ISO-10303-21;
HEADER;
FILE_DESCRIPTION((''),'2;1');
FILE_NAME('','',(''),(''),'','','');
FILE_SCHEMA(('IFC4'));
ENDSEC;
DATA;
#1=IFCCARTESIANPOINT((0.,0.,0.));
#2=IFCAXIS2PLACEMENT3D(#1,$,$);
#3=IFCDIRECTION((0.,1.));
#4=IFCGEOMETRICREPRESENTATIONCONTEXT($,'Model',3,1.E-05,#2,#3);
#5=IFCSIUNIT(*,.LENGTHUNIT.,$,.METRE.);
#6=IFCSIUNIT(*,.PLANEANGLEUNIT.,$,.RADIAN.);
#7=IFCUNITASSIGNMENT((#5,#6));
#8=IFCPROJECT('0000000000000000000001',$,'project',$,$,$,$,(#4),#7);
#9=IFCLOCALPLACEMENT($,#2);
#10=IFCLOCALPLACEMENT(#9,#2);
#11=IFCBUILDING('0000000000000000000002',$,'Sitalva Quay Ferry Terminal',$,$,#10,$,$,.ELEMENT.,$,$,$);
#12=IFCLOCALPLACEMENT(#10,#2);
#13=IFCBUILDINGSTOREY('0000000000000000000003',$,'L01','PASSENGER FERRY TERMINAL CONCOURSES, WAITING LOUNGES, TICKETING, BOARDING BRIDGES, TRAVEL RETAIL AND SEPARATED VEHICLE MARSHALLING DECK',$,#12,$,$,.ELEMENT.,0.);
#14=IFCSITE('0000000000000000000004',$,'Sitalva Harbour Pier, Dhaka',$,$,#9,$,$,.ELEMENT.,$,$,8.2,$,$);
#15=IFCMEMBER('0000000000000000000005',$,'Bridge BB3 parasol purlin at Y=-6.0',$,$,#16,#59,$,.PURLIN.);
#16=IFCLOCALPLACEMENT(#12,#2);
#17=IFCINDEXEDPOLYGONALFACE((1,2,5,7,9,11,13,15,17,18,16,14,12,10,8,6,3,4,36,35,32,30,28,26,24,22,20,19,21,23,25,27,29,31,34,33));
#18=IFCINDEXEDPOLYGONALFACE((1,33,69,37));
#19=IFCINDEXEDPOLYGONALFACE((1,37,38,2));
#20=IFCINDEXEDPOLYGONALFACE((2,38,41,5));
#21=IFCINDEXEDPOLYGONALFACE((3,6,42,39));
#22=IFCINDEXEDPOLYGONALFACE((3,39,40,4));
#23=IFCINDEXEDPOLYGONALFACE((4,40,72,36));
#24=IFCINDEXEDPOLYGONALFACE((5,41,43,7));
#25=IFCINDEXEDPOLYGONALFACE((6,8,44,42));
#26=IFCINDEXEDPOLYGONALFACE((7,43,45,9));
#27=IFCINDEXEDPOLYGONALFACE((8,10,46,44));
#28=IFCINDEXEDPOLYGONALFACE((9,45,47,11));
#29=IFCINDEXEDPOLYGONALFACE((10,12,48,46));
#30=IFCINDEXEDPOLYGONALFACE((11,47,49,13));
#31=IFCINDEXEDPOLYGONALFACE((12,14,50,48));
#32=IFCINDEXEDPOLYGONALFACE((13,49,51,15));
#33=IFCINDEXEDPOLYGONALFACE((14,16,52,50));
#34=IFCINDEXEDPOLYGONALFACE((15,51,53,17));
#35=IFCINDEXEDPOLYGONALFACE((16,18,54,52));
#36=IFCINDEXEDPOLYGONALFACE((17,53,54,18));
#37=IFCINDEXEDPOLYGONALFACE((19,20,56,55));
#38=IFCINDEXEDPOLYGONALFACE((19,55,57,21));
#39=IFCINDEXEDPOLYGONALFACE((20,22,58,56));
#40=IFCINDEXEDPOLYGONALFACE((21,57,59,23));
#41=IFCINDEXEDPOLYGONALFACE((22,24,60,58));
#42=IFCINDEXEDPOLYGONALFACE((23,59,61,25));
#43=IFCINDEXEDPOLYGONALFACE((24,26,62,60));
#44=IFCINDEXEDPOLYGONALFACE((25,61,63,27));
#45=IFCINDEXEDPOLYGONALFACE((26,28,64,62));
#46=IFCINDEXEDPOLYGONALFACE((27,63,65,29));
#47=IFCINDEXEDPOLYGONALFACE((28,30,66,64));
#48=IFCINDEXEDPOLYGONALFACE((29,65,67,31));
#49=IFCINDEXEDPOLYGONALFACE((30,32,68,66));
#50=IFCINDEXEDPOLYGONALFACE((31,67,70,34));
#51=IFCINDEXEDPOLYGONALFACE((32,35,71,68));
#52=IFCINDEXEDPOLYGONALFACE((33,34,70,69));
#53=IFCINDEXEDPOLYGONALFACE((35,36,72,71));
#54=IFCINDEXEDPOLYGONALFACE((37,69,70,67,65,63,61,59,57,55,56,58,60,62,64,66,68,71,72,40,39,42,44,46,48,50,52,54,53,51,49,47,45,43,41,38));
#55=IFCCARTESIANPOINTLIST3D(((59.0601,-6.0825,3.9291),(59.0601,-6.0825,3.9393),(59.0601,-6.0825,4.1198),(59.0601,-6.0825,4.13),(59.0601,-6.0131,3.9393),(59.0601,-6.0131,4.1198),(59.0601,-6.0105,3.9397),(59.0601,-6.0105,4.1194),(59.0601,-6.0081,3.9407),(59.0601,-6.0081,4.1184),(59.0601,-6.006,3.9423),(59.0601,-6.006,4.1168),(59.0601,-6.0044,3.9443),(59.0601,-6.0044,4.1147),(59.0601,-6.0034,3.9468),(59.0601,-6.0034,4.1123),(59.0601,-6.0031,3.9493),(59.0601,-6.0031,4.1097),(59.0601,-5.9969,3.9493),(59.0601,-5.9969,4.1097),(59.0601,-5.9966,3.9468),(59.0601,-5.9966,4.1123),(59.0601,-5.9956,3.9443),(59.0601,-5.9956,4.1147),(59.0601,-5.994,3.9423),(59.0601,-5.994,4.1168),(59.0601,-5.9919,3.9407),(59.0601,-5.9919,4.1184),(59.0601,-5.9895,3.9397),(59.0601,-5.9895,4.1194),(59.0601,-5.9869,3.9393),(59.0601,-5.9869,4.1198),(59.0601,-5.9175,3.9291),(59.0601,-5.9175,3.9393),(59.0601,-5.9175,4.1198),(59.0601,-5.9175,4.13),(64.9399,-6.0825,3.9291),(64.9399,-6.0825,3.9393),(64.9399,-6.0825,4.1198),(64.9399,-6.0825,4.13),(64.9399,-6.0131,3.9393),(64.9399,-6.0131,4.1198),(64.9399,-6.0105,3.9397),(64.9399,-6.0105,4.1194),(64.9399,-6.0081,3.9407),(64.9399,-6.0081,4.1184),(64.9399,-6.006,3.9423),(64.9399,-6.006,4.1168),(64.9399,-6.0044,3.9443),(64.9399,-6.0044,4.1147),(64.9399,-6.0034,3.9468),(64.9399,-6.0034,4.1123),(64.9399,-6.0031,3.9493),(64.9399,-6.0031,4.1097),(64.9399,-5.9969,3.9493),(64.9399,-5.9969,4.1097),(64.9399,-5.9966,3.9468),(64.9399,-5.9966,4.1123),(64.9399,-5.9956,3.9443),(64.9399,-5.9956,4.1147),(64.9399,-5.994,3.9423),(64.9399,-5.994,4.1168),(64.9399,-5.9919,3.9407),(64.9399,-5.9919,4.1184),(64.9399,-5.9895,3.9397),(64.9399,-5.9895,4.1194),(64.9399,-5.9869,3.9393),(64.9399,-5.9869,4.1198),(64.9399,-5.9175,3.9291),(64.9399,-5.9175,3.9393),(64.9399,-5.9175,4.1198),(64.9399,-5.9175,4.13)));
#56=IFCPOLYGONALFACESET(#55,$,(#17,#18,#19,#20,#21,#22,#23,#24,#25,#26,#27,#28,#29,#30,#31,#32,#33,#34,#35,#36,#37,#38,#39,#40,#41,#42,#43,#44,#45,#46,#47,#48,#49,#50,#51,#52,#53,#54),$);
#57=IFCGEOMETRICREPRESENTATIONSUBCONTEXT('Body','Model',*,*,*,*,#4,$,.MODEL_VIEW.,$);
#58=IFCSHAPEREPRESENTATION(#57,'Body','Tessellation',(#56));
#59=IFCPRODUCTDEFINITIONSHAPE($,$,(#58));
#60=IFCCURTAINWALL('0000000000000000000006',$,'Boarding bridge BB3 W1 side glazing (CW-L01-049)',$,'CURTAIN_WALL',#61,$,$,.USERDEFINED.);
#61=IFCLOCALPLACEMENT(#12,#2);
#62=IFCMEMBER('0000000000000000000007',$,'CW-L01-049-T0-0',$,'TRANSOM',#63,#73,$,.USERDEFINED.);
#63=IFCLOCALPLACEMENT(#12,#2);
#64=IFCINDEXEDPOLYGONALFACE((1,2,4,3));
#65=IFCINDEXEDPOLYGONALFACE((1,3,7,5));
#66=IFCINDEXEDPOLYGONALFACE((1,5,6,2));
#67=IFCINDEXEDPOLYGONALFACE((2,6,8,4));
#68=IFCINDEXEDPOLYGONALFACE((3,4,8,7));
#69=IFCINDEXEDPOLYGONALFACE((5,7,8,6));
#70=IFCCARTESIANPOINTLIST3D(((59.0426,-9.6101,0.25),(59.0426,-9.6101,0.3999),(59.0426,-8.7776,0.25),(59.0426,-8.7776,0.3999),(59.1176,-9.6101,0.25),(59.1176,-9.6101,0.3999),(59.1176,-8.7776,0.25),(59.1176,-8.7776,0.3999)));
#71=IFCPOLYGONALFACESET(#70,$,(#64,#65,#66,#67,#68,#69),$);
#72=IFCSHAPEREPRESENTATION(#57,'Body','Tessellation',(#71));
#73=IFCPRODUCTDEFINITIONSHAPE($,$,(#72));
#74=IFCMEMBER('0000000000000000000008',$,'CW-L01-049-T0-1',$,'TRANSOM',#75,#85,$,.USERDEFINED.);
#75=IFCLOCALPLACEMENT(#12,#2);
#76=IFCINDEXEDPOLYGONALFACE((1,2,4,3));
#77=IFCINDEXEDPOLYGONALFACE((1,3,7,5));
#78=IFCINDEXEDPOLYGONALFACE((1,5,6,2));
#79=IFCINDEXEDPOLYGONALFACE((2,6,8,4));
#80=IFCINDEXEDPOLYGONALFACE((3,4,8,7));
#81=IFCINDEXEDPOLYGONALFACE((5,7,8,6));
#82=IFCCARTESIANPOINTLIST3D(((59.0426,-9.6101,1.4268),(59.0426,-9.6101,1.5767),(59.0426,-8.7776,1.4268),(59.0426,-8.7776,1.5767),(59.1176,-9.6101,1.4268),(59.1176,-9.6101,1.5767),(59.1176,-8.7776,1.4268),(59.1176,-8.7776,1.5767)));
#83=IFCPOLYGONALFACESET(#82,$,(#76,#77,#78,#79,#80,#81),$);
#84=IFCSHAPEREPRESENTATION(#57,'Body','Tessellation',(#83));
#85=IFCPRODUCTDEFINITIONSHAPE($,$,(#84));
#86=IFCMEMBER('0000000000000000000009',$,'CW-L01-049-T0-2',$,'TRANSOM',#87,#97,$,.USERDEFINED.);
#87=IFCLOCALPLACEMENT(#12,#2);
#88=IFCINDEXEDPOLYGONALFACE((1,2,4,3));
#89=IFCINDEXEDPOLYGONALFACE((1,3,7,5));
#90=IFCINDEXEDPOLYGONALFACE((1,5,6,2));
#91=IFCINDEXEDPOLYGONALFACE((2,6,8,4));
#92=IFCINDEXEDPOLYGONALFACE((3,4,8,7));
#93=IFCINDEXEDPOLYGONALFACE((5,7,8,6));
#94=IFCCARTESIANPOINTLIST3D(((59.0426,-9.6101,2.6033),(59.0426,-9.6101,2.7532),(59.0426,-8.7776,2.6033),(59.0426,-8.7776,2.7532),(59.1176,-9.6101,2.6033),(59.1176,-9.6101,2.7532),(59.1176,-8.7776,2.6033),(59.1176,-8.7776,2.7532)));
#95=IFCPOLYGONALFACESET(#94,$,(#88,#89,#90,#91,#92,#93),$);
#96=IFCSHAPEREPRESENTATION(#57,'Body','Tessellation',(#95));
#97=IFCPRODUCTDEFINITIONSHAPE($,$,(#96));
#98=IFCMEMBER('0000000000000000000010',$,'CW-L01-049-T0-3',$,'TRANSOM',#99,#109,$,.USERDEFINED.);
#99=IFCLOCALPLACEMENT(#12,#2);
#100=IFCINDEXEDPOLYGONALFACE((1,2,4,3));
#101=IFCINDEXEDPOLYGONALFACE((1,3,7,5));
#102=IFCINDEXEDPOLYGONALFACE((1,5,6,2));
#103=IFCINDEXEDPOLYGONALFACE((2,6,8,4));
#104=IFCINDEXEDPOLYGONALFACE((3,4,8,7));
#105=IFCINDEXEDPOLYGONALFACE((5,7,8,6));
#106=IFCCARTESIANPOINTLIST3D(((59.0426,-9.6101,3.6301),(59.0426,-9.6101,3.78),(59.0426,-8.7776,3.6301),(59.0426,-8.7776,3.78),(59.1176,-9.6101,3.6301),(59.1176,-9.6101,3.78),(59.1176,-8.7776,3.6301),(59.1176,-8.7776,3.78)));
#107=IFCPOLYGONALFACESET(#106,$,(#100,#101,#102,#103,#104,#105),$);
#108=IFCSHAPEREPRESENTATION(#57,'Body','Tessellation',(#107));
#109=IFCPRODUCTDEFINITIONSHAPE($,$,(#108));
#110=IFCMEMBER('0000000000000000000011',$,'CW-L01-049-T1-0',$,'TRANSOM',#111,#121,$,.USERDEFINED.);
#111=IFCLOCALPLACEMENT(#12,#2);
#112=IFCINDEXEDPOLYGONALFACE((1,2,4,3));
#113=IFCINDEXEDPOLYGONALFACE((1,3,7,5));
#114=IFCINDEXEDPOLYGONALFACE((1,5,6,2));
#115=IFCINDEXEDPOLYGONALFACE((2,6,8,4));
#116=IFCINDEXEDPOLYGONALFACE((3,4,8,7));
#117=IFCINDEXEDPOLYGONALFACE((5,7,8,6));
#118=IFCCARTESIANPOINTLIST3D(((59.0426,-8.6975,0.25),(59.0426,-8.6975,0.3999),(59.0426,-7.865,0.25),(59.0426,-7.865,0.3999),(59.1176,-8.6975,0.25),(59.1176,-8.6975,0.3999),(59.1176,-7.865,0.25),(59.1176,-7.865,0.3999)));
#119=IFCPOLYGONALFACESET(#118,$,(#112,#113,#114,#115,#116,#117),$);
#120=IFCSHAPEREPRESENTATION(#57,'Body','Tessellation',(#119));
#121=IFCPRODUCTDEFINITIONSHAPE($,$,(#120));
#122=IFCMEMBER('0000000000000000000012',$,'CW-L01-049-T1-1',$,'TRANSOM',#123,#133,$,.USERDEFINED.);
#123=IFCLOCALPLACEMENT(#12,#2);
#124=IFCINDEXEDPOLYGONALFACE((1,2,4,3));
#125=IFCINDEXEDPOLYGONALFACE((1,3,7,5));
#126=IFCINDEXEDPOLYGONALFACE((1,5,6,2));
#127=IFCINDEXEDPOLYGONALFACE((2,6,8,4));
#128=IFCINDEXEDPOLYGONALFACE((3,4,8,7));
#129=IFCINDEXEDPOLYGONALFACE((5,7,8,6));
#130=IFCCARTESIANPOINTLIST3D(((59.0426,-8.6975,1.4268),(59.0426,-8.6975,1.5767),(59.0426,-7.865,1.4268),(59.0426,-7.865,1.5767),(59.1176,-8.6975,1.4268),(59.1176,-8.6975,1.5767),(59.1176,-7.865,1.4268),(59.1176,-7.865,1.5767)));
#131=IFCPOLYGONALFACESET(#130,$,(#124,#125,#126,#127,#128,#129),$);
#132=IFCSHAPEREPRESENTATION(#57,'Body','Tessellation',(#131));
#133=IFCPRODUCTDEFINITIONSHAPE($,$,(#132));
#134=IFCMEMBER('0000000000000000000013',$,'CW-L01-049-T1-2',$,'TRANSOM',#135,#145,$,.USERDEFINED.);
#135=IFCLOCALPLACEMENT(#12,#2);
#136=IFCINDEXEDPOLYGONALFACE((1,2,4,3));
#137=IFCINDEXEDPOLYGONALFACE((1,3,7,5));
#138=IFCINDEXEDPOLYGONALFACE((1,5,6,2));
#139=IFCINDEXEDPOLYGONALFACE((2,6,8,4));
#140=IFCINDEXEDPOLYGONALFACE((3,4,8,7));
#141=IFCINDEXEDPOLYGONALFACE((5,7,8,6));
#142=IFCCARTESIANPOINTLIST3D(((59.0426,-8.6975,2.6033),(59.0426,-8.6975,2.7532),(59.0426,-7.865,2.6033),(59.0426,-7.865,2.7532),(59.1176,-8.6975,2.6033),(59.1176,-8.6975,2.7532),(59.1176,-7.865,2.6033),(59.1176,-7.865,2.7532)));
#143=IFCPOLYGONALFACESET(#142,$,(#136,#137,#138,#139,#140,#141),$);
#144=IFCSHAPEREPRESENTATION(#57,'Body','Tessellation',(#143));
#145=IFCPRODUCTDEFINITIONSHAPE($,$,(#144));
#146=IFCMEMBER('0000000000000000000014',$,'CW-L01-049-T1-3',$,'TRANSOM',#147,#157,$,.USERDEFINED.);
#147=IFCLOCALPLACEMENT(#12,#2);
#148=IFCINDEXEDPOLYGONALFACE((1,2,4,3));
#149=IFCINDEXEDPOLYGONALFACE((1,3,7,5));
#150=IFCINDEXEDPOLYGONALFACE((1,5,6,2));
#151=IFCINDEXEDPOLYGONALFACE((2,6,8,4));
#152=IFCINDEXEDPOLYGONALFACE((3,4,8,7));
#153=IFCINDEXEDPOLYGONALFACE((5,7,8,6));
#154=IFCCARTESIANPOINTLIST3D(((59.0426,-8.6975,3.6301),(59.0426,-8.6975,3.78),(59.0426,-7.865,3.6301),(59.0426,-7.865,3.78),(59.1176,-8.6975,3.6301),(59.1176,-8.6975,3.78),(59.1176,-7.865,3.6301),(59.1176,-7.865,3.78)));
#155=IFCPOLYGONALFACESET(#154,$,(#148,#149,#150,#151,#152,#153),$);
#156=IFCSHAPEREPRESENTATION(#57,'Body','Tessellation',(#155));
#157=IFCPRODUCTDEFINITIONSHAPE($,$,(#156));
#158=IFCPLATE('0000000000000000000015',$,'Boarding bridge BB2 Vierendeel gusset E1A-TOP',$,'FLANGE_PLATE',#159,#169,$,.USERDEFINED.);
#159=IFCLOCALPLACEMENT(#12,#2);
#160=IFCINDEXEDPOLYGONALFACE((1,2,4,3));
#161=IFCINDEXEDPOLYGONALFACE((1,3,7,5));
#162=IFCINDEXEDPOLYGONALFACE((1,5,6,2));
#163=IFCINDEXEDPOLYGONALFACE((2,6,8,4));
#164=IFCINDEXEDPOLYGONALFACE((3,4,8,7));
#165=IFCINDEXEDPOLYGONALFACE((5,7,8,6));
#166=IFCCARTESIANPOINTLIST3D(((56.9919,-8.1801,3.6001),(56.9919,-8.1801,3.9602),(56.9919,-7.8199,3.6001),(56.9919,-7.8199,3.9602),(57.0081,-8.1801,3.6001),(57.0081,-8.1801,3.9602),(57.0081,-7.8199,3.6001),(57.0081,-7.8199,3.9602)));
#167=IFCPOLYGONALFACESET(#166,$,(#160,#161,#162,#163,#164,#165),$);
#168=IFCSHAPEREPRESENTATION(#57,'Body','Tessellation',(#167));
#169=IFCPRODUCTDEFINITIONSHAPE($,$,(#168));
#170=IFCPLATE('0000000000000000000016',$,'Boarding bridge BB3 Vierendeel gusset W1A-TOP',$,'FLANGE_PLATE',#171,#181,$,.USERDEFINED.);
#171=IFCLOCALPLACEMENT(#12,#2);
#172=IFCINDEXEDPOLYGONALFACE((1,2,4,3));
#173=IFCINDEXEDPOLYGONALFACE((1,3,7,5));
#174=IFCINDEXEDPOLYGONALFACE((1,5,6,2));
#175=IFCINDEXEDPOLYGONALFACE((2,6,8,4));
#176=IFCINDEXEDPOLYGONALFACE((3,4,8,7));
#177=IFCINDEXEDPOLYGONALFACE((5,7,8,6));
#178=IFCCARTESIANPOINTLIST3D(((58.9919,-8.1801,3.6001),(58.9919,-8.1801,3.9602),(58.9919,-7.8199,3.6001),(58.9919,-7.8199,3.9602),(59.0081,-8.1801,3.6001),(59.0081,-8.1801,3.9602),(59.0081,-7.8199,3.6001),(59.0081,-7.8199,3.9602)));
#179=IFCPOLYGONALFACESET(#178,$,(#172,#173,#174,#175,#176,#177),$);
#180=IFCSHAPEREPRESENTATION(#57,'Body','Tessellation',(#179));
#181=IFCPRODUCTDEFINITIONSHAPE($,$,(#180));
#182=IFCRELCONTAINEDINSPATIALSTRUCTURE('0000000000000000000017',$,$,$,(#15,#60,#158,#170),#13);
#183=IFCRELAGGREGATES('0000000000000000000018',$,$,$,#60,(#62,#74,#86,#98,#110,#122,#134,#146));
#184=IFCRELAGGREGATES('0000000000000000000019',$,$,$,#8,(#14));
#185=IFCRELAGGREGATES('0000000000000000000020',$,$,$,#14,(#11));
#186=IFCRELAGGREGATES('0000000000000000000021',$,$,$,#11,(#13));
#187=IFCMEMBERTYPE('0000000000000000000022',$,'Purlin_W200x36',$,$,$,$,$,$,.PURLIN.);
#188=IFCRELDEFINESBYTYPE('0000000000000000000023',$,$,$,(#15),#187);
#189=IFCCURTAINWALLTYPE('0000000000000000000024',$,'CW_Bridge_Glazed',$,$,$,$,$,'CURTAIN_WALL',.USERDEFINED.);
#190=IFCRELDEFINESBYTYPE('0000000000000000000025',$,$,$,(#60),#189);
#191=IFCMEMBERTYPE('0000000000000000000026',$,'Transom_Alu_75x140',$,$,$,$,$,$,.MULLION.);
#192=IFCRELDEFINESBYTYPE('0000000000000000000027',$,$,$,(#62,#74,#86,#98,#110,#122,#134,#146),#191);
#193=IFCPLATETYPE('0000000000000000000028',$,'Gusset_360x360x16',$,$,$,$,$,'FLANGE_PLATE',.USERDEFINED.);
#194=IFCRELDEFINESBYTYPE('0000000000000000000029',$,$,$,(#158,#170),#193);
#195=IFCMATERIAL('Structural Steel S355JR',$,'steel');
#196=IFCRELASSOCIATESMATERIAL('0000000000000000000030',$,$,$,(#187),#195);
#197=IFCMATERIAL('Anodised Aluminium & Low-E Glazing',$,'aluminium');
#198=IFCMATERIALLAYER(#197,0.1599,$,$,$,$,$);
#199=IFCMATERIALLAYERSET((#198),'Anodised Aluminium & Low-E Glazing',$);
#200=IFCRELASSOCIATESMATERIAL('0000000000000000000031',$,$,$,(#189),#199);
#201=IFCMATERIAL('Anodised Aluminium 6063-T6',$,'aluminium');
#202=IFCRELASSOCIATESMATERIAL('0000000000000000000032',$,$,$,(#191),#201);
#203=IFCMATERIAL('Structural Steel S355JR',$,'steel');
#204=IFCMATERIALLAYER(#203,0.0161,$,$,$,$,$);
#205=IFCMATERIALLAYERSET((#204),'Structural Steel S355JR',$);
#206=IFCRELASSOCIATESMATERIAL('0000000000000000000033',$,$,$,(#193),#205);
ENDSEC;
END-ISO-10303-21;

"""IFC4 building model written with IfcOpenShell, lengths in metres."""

from ifc_helpers import new_model, si_unit, direction, frame, origin, origin_2d, place, context, subcontext, project, spatial, rectangle, i_section, extrude, material, layer, layer_set, material_profile, profile_set, type_object, element, aggregate, save


model = new_model("IFC4")

# Units and contexts
model_context = context("Model", 3, precision=1e-05, world=origin(), true_north=direction((0.0, 1.0)))
body_context = subcontext(model_context, "Body", "Model", "MODEL_VIEW")
ifc_project = project(units=[si_unit("LENGTHUNIT", "METRE"), si_unit("PLANEANGLEUNIT", "RADIAN")], contexts=[model_context])

# Site, building, storey
site_placement = place(None, origin())
site = spatial("IfcSite", under=ifc_project, at=site_placement, Name="Sitalva Harbour Pier, Dhaka", CompositionType="ELEMENT", RefElevation=8.2)
building_placement = place(site_placement, origin())
building = spatial("IfcBuilding", under=site, at=building_placement, Name="Sitalva Quay Ferry Terminal", CompositionType="ELEMENT")
storey_placement = place(building_placement, origin())
storey = spatial("IfcBuildingStorey", under=building, at=storey_placement, Name="L01", Description="PASSENGER FERRY TERMINAL CONCOURSES, WAITING LOUNGES, TICKETING, BOARDING BRIDGES, TRAVEL RETAIL AND SEPARATED VEHICLE MARSHALLING DECK", CompositionType="ELEMENT", Elevation=0.0)

# Member
ifc_material_1 = material(Name="Structural Steel S355JR", Category="steel")
ifc_material_profile_1 = material_profile(ifc_material_1, i_section(OverallWidth=0.165, OverallDepth=0.2009, WebThickness=0.0061, FlangeThickness=0.0103, FilletRadius=0.01, at=origin_2d()), Name="W200x36")
ifc_profile_set_1 = profile_set([ifc_material_profile_1], Name="Structural Steel S355JR")
member_type_1 = type_object("IfcMemberType", Name="Purlin_W200x36", PredefinedType="PURLIN", material=ifc_profile_set_1)
for number, where, z_axis, x_axis, name in (
    (1, (59.0601, -6.0, 4.0295), (1.0, 0.0, 0.0), (0.0, 1.0, 0.0), "Bridge BB3 parasol purlin at Y=-6.0"),
):
    element("IfcMember", number, at=place(storey_placement, frame(where, z_axis=z_axis, x_axis=x_axis)), inside=storey, type_object=member_type_1, Name=name, PredefinedType="PURLIN", context=body_context, shape_type="SweptSolid", body=[
        extrude(i_section(OverallWidth=0.165, OverallDepth=0.2009, WebThickness=0.0061, FlangeThickness=0.0103, FilletRadius=0.01, at=origin_2d()), origin(), (0.0, 0.0, 1.0), 5.8799),
    ])

# Curtain wall, members
ifc_material_2 = material(Name="Anodised Aluminium & Low-E Glazing", Category="aluminium")
ifc_layer_1 = layer(ifc_material_2, 0.1599)
ifc_layer_set_1 = layer_set([ifc_layer_1], Name="Anodised Aluminium & Low-E Glazing")
curtain_wall_type = type_object("IfcCurtainWallType", Name="CW_Bridge_Glazed", ElementType="CURTAIN_WALL", PredefinedType="USERDEFINED", material=ifc_layer_set_1)
curtain_wall_placement = place(storey_placement, origin())
curtain_wall = element("IfcCurtainWall", 2, at=curtain_wall_placement, inside=storey, type_object=curtain_wall_type, Name="Boarding bridge BB3 W1 side glazing (CW-L01-049)", ObjectType="CURTAIN_WALL", PredefinedType="USERDEFINED")
ifc_material_3 = material(Name="Anodised Aluminium 6063-T6", Category="aluminium")
ifc_material_profile_2 = material_profile(ifc_material_3, rectangle(XDim=0.075, YDim=0.1499, at=origin_2d()), Name="ALU75x150")
ifc_profile_set_2 = profile_set([ifc_material_profile_2], Name="Anodised Aluminium 6063-T6")
member_type_2 = type_object("IfcMemberType", Name="Transom_Alu_75x140", PredefinedType="MULLION", material=ifc_profile_set_2)
member_1_placement = place(storey_placement, frame((59.0801, -9.6101, 0.325), z_axis=(0.0, 1.0, 0.0), x_axis=(-1.0, 0.0, 0.0)))
member_1 = element("IfcMember", 3, at=member_1_placement, type_object=member_type_2, Name="CW-L01-049-T0-0", ObjectType="TRANSOM", PredefinedType="USERDEFINED", context=body_context, shape_type="SweptSolid", body=[
    extrude(rectangle(XDim=0.075, YDim=0.1499, at=origin_2d()), origin(), (0.0, 0.0, 1.0), 0.8325),
])
member_2_placement = place(storey_placement, frame((59.0801, -9.6101, 1.5017), z_axis=(0.0, 1.0, 0.0), x_axis=(-1.0, 0.0, 0.0)))
member_2 = element("IfcMember", 4, at=member_2_placement, type_object=member_type_2, Name="CW-L01-049-T0-1", ObjectType="TRANSOM", PredefinedType="USERDEFINED", context=body_context, shape_type="SweptSolid", body=[
    extrude(rectangle(XDim=0.075, YDim=0.1499, at=origin_2d()), origin(), (0.0, 0.0, 1.0), 0.8325),
])
member_3_placement = place(storey_placement, frame((59.0801, -9.6101, 2.6782), z_axis=(0.0, 1.0, 0.0), x_axis=(-1.0, 0.0, 0.0)))
member_3 = element("IfcMember", 5, at=member_3_placement, type_object=member_type_2, Name="CW-L01-049-T0-2", ObjectType="TRANSOM", PredefinedType="USERDEFINED", context=body_context, shape_type="SweptSolid", body=[
    extrude(rectangle(XDim=0.075, YDim=0.1499, at=origin_2d()), origin(), (0.0, 0.0, 1.0), 0.8325),
])
member_4_placement = place(storey_placement, frame((59.0801, -9.6101, 3.7051), z_axis=(0.0, 1.0, 0.0), x_axis=(-1.0, 0.0, 0.0)))
member_4 = element("IfcMember", 6, at=member_4_placement, type_object=member_type_2, Name="CW-L01-049-T0-3", ObjectType="TRANSOM", PredefinedType="USERDEFINED", context=body_context, shape_type="SweptSolid", body=[
    extrude(rectangle(XDim=0.075, YDim=0.1499, at=origin_2d()), origin(), (0.0, 0.0, 1.0), 0.8325),
])
member_5_placement = place(storey_placement, frame((59.0801, -8.6975, 0.325), z_axis=(0.0, 1.0, 0.0), x_axis=(-1.0, 0.0, 0.0)))
member_5 = element("IfcMember", 7, at=member_5_placement, type_object=member_type_2, Name="CW-L01-049-T1-0", ObjectType="TRANSOM", PredefinedType="USERDEFINED", context=body_context, shape_type="SweptSolid", body=[
    extrude(rectangle(XDim=0.075, YDim=0.1499, at=origin_2d()), origin(), (0.0, 0.0, 1.0), 0.8325),
])
member_6_placement = place(storey_placement, frame((59.0801, -8.6975, 1.5017), z_axis=(0.0, 1.0, 0.0), x_axis=(-1.0, 0.0, 0.0)))
member_6 = element("IfcMember", 8, at=member_6_placement, type_object=member_type_2, Name="CW-L01-049-T1-1", ObjectType="TRANSOM", PredefinedType="USERDEFINED", context=body_context, shape_type="SweptSolid", body=[
    extrude(rectangle(XDim=0.075, YDim=0.1499, at=origin_2d()), origin(), (0.0, 0.0, 1.0), 0.8325),
])
member_7_placement = place(storey_placement, frame((59.0801, -8.6975, 2.6782), z_axis=(0.0, 1.0, 0.0), x_axis=(-1.0, 0.0, 0.0)))
member_7 = element("IfcMember", 9, at=member_7_placement, type_object=member_type_2, Name="CW-L01-049-T1-2", ObjectType="TRANSOM", PredefinedType="USERDEFINED", context=body_context, shape_type="SweptSolid", body=[
    extrude(rectangle(XDim=0.075, YDim=0.1499, at=origin_2d()), origin(), (0.0, 0.0, 1.0), 0.8325),
])
member_8_placement = place(storey_placement, frame((59.0801, -8.6975, 3.7051), z_axis=(0.0, 1.0, 0.0), x_axis=(-1.0, 0.0, 0.0)))
member_8 = element("IfcMember", 10, at=member_8_placement, type_object=member_type_2, Name="CW-L01-049-T1-3", ObjectType="TRANSOM", PredefinedType="USERDEFINED", context=body_context, shape_type="SweptSolid", body=[
    extrude(rectangle(XDim=0.075, YDim=0.1499, at=origin_2d()), origin(), (0.0, 0.0, 1.0), 0.8325),
])

# Plates
ifc_material_4 = material(Name="Structural Steel S355JR", Category="steel")
ifc_layer_2 = layer(ifc_material_4, 0.0161)
ifc_layer_set_2 = layer_set([ifc_layer_2], Name="Structural Steel S355JR")
plate_type_1 = type_object("IfcPlateType", Name="Gusset_360x360x16", ElementType="FLANGE_PLATE", PredefinedType="USERDEFINED", material=ifc_layer_set_2)
for number, where, z_axis, x_axis, name in (
    (11, (57.0, -8.0, 3.6001), (0.0, 0.0, 1.0), (1.0, 0.0, 0.0), "Boarding bridge BB2 Vierendeel gusset E1A-TOP"),
    (12, (59.0, -8.0, 3.6001), (0.0, 0.0, 1.0), (1.0, 0.0, 0.0), "Boarding bridge BB3 Vierendeel gusset W1A-TOP"),
):
    element("IfcPlate", number, at=place(storey_placement, frame(where, z_axis=z_axis, x_axis=x_axis)), inside=storey, type_object=plate_type_1, Name=name, ObjectType="FLANGE_PLATE", PredefinedType="USERDEFINED", context=body_context, shape_type="SweptSolid", body=[
        extrude(rectangle(XDim=0.0161, YDim=0.3601, at=origin_2d()), origin(), (0.0, 0.0, 1.0), 0.3601),
    ])

aggregate(curtain_wall, [member_1, member_2, member_3, member_4, member_5, member_6, member_7, member_8])

save(model, "model.ifc")
